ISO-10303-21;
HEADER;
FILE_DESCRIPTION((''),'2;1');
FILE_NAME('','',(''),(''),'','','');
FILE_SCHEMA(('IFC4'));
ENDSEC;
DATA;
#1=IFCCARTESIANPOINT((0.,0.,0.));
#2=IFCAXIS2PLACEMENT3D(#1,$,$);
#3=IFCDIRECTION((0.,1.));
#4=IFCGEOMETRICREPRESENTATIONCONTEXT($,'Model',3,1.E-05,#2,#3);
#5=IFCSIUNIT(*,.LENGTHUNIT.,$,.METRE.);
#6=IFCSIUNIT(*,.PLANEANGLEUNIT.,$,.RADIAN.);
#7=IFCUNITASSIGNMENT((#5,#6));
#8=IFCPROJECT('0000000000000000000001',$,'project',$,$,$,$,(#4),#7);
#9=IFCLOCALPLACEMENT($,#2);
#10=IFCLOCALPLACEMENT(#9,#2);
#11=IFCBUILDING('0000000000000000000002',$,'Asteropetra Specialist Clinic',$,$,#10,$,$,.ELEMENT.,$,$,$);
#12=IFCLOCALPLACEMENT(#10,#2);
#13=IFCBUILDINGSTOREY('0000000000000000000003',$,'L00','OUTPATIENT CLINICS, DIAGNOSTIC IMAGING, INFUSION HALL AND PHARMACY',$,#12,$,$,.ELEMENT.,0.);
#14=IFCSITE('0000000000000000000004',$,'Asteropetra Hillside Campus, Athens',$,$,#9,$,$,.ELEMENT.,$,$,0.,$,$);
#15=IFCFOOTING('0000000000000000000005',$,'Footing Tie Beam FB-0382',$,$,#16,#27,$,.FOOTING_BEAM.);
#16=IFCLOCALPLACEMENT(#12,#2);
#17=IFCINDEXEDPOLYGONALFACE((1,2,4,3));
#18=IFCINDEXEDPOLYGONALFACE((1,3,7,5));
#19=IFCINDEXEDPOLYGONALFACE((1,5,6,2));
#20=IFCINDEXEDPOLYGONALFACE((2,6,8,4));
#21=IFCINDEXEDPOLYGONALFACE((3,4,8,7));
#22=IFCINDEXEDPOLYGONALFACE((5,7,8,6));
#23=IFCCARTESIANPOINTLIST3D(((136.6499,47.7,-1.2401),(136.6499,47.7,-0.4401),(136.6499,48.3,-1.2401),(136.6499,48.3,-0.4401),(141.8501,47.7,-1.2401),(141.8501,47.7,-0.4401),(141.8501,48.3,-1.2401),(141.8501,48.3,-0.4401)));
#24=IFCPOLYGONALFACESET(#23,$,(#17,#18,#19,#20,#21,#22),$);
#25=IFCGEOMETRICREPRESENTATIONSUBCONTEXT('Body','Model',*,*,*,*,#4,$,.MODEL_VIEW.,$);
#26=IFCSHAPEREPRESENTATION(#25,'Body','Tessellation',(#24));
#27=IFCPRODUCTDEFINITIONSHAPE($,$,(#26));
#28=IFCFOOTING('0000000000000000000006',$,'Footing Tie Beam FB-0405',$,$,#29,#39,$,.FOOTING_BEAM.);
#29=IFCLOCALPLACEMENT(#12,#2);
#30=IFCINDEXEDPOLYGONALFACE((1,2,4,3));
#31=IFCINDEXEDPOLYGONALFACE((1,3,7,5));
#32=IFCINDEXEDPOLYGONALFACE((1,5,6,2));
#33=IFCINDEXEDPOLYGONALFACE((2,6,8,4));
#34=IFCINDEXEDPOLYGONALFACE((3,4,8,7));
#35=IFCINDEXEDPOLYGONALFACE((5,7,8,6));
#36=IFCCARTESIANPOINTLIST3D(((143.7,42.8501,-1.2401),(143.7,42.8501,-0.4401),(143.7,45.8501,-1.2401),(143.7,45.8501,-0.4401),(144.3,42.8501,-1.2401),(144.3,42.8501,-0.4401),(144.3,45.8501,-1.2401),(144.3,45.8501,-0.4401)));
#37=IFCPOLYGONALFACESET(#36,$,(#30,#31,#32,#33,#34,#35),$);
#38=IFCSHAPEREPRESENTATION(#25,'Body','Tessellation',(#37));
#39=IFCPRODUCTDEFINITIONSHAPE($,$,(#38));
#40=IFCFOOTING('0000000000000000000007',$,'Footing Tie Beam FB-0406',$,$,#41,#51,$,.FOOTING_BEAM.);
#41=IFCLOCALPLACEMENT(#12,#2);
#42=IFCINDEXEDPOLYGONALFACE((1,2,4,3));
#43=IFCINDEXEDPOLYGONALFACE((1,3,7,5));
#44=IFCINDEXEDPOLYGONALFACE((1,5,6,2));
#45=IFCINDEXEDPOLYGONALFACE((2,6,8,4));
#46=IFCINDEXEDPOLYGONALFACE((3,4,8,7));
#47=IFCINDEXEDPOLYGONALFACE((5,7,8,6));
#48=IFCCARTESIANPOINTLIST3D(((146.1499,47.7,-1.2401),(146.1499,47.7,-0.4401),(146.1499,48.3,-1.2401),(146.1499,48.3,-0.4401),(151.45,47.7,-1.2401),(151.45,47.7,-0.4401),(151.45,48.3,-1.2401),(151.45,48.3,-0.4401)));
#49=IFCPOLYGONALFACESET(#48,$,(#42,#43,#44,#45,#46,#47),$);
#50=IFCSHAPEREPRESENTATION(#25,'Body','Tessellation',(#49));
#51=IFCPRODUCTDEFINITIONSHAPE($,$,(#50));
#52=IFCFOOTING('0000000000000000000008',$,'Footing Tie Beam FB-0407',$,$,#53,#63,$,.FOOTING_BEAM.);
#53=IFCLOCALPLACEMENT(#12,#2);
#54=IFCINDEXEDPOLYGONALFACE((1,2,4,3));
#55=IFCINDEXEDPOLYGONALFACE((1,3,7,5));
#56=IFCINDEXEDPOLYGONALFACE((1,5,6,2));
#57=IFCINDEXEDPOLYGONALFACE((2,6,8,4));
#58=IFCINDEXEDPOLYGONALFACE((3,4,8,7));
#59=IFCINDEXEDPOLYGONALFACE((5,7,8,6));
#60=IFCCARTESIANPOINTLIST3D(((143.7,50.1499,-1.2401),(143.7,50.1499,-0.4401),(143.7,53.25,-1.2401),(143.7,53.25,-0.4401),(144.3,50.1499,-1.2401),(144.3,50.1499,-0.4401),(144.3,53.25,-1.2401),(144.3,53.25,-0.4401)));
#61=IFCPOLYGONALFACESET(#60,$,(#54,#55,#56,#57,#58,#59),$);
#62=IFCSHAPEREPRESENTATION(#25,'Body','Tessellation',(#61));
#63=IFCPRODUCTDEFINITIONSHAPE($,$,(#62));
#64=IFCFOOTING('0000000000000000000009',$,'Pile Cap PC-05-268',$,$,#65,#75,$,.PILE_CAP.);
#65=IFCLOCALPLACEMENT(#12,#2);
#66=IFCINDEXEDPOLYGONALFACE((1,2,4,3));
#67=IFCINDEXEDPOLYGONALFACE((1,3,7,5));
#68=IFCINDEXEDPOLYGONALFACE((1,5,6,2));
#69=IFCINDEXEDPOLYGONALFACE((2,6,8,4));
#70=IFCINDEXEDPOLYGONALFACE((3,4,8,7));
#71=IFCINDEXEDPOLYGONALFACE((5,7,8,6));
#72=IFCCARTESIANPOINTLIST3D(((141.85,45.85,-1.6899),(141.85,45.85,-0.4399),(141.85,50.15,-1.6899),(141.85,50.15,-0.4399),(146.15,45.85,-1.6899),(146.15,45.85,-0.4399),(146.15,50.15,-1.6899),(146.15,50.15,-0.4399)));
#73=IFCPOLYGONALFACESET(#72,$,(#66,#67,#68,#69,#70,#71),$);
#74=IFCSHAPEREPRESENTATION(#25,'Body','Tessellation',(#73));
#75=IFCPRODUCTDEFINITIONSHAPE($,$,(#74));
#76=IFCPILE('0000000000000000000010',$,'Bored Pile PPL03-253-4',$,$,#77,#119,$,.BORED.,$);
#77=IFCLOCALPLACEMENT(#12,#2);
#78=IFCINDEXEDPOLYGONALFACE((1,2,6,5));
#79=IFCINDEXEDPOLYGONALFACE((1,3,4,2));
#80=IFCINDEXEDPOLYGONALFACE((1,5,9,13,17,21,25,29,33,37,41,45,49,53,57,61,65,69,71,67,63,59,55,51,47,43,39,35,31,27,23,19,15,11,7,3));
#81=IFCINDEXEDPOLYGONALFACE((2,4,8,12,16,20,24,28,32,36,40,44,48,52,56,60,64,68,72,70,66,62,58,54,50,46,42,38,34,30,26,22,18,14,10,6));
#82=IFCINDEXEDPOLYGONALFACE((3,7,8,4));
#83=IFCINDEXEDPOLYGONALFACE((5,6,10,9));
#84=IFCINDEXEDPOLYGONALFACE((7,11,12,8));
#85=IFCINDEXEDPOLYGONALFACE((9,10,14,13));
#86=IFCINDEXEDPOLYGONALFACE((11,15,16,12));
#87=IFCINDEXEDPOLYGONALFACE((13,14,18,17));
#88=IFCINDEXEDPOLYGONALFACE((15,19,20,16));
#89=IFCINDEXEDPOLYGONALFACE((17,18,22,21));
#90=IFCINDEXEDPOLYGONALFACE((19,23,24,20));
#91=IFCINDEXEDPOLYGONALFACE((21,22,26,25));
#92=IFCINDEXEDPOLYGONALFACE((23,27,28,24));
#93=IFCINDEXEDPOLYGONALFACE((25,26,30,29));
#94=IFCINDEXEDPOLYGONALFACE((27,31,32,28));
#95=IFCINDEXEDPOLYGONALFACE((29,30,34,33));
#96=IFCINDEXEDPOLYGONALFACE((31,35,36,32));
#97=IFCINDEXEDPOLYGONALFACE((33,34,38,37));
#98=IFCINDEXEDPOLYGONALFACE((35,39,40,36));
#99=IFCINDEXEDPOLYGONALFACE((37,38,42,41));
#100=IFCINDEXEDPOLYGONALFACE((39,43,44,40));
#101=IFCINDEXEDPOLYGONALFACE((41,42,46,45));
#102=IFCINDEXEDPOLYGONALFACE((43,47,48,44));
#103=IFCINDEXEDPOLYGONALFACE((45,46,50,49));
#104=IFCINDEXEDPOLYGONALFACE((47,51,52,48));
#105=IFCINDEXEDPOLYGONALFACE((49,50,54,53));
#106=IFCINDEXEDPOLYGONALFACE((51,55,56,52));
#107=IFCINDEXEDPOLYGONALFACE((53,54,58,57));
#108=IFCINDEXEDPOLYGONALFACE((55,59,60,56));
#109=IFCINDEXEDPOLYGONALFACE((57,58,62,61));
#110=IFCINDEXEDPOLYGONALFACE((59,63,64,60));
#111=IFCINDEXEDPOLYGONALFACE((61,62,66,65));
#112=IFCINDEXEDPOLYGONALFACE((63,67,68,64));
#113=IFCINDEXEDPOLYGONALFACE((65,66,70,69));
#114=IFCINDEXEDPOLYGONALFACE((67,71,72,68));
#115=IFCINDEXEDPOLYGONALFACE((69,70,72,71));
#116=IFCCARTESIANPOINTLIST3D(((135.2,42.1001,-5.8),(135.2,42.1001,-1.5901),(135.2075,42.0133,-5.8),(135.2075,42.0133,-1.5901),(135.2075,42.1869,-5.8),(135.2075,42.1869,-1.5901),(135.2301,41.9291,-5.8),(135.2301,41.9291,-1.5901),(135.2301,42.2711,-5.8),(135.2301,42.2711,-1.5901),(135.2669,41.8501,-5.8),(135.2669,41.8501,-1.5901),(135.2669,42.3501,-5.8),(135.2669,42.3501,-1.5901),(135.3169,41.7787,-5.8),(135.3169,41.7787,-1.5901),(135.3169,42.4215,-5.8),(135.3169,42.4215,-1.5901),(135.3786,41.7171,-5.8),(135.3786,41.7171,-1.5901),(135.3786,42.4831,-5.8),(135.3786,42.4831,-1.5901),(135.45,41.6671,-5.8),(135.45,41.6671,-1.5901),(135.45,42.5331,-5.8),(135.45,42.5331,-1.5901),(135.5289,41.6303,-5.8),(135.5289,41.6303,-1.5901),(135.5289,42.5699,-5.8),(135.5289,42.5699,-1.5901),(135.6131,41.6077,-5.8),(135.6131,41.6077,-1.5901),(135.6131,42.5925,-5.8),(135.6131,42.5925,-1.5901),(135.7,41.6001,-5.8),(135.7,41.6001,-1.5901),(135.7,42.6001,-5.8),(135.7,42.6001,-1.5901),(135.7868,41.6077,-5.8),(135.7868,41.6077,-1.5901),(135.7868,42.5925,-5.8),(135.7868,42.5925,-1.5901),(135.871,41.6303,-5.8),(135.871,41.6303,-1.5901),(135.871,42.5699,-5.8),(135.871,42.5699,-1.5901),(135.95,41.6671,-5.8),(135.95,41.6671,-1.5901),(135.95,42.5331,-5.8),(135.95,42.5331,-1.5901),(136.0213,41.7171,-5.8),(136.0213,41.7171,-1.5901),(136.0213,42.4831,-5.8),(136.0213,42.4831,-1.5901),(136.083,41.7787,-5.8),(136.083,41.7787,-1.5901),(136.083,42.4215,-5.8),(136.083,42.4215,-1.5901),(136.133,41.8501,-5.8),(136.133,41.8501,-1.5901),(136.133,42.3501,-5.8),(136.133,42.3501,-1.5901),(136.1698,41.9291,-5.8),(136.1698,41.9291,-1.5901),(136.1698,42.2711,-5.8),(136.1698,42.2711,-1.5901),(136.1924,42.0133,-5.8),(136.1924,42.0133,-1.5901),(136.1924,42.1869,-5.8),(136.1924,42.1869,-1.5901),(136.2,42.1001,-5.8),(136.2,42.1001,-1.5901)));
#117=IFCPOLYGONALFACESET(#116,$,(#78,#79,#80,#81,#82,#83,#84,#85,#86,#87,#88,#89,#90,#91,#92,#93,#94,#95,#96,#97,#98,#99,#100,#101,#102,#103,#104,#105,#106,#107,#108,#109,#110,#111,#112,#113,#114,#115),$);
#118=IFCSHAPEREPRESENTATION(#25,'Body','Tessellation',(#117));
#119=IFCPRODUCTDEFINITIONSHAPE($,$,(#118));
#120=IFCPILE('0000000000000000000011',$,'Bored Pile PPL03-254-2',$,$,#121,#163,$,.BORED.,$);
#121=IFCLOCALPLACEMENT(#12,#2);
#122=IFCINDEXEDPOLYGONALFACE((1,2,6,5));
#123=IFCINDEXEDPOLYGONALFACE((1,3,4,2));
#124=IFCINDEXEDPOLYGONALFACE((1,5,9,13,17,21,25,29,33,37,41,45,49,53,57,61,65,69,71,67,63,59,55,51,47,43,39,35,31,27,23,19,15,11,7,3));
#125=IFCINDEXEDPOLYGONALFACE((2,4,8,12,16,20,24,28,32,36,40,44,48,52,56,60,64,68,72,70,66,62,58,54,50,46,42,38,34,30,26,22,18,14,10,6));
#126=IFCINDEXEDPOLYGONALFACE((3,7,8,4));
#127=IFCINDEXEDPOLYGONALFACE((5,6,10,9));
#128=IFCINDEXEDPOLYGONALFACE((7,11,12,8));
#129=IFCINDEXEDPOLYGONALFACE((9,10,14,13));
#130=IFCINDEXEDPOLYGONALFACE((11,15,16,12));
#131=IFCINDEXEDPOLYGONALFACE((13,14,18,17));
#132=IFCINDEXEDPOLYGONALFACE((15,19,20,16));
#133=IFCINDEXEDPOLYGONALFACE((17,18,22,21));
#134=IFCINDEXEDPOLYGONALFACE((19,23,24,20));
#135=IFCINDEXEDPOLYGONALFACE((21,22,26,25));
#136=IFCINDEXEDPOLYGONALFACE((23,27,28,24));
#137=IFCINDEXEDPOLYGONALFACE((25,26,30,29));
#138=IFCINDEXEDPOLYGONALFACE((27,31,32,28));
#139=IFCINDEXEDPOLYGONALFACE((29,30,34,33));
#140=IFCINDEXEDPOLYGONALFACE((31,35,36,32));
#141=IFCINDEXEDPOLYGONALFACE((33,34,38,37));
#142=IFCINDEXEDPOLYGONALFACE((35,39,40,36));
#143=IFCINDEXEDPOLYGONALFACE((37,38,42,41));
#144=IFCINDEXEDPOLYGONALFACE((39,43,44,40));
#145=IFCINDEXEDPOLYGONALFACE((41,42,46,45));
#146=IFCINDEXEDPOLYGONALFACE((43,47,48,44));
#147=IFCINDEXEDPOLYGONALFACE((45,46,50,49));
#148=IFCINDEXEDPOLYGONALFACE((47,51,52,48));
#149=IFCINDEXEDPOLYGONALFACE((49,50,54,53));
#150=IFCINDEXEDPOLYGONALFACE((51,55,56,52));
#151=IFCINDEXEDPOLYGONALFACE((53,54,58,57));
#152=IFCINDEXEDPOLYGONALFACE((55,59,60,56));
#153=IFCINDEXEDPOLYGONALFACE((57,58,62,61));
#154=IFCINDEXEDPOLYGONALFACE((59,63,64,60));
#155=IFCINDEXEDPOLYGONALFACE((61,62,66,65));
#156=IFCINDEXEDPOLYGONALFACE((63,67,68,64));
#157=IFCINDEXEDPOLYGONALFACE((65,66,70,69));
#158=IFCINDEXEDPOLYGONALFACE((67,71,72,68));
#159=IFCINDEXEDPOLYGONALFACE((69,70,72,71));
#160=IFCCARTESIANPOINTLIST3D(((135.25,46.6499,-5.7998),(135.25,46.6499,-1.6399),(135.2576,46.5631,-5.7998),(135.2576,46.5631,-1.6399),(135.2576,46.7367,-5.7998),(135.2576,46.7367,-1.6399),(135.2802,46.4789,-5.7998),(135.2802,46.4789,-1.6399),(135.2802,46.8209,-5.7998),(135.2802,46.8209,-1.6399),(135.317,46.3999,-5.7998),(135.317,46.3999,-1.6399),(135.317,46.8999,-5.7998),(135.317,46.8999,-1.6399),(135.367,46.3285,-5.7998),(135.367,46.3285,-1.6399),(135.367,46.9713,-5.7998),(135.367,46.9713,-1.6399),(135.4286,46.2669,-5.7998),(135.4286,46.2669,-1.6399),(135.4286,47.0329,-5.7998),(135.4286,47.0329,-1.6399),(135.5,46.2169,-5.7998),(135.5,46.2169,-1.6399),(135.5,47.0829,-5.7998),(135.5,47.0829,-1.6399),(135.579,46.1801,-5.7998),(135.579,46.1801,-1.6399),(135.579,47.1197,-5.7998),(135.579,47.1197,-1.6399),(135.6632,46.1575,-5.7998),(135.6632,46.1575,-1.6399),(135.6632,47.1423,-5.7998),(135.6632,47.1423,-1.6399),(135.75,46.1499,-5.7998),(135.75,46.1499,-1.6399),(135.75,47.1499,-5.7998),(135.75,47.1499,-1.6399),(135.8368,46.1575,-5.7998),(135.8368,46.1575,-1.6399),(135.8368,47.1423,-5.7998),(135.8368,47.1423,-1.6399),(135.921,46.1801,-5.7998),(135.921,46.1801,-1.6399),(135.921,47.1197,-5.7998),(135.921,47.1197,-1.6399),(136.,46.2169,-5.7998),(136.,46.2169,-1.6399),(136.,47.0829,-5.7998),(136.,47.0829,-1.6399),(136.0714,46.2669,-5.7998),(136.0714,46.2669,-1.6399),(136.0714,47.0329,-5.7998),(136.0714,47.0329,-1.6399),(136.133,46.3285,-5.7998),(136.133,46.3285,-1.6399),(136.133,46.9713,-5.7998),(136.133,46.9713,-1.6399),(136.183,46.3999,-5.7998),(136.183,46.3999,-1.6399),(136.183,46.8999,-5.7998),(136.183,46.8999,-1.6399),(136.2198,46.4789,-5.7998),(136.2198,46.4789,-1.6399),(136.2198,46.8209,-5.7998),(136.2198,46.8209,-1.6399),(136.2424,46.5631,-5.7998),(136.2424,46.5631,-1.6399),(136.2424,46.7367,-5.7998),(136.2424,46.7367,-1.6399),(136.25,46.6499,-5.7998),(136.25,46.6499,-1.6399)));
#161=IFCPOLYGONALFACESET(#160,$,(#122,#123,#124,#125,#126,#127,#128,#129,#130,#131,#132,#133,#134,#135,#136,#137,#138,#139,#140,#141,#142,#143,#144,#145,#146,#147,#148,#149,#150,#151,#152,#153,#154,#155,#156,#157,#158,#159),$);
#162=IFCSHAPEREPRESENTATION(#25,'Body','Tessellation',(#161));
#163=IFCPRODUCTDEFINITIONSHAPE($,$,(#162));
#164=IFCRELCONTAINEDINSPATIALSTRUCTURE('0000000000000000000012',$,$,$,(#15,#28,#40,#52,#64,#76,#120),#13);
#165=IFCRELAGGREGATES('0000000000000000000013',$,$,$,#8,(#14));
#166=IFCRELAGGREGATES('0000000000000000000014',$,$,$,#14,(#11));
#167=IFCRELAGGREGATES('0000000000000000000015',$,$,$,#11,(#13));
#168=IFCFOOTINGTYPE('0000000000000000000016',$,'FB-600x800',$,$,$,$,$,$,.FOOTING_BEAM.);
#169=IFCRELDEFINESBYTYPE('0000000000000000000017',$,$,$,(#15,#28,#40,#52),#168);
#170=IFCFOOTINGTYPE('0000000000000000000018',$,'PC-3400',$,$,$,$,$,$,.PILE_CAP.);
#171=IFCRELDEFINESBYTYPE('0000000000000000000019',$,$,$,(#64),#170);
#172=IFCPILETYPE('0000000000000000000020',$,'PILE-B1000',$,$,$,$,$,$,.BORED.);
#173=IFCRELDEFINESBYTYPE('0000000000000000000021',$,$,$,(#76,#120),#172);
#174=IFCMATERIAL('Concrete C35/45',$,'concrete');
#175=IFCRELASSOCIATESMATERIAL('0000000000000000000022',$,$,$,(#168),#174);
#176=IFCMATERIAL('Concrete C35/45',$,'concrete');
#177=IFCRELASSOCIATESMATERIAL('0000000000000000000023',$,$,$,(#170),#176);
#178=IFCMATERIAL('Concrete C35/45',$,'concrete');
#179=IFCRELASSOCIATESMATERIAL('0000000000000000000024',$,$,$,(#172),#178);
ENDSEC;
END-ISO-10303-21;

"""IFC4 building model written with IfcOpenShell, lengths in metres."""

from ifc_helpers import new_model, si_unit, direction, frame, origin, origin_2d, place, context, subcontext, project, spatial, rectangle, circle, extrude, material, material_profile, profile_set, type_object, element, save


model = new_model("IFC4")

# Units and contexts
model_context = context("Model", 3, precision=1e-05, world=origin(), true_north=direction((0.0, 1.0)))
body_context = subcontext(model_context, "Body", "Model", "MODEL_VIEW")
ifc_project = project(units=[si_unit("LENGTHUNIT", "METRE"), si_unit("PLANEANGLEUNIT", "RADIAN")], contexts=[model_context])

# Site, building, storey
site_placement = place(None, origin())
site = spatial("IfcSite", under=ifc_project, at=site_placement, Name="Asteropetra Hillside Campus, Athens", CompositionType="ELEMENT", RefElevation=0.0)
building_placement = place(site_placement, origin())
building = spatial("IfcBuilding", under=site, at=building_placement, Name="Asteropetra Specialist Clinic", CompositionType="ELEMENT")
storey_placement = place(building_placement, origin())
storey = spatial("IfcBuildingStorey", under=building, at=storey_placement, Name="L00", Description="OUTPATIENT CLINICS, DIAGNOSTIC IMAGING, INFUSION HALL AND PHARMACY", CompositionType="ELEMENT", Elevation=0.0)

# Footings
ifc_material_1 = material(Name="Concrete C35/45", Category="concrete")
ifc_material_profile_1 = material_profile(ifc_material_1, rectangle(XDim=0.6001, YDim=0.8, at=origin_2d()), Name="FB 600x800")
ifc_profile_set_1 = profile_set([ifc_material_profile_1], Name="Concrete C35/45")
footing_type_1 = type_object("IfcFootingType", Name="FB-600x800", PredefinedType="FOOTING_BEAM", material=ifc_profile_set_1)
footing_1_placement = place(storey_placement, frame((136.6499, 48.0, -0.8401), z_axis=(1.0, 0.0, 0.0), x_axis=(0.0, 1.0, 0.0)))
element("IfcFooting", 1, at=footing_1_placement, inside=storey, type_object=footing_type_1, Name="Footing Tie Beam FB-0382", PredefinedType="FOOTING_BEAM", context=body_context, shape_type="SweptSolid", body=[
    extrude(rectangle(XDim=0.6001, YDim=0.8, at=origin_2d()), origin(), (0.0, 0.0, 1.0), 5.2002),
])
footing_2_placement = place(storey_placement, frame((144.0, 42.8501, -0.8401), z_axis=(0.0, 1.0, 0.0), x_axis=(-1.0, 0.0, 0.0)))
element("IfcFooting", 2, at=footing_2_placement, inside=storey, type_object=footing_type_1, Name="Footing Tie Beam FB-0405", PredefinedType="FOOTING_BEAM", context=body_context, shape_type="SweptSolid", body=[
    extrude(rectangle(XDim=0.6001, YDim=0.8, at=origin_2d()), origin(), (0.0, 0.0, 1.0), 3.0),
])
footing_3_placement = place(storey_placement, frame((146.1499, 48.0, -0.8401), z_axis=(1.0, 0.0, 0.0), x_axis=(0.0, 1.0, 0.0)))
element("IfcFooting", 3, at=footing_3_placement, inside=storey, type_object=footing_type_1, Name="Footing Tie Beam FB-0406", PredefinedType="FOOTING_BEAM", context=body_context, shape_type="SweptSolid", body=[
    extrude(rectangle(XDim=0.6001, YDim=0.8, at=origin_2d()), origin(), (0.0, 0.0, 1.0), 5.3),
])
footing_4_placement = place(storey_placement, frame((144.0, 50.1499, -0.8401), z_axis=(0.0, 1.0, 0.0), x_axis=(-1.0, 0.0, 0.0)))
element("IfcFooting", 4, at=footing_4_placement, inside=storey, type_object=footing_type_1, Name="Footing Tie Beam FB-0407", PredefinedType="FOOTING_BEAM", context=body_context, shape_type="SweptSolid", body=[
    extrude(rectangle(XDim=0.6001, YDim=0.8, at=origin_2d()), origin(), (0.0, 0.0, 1.0), 3.1001),
])
ifc_material_2 = material(Name="Concrete C35/45", Category="concrete")
footing_type_2 = type_object("IfcFootingType", Name="PC-3400", PredefinedType="PILE_CAP", material=ifc_material_2)
footing_5_placement = place(storey_placement, frame((144.0, 48.0, -1.6899), z_axis=(0.0, 0.0, 1.0), x_axis=(1.0, 0.0, 0.0)))
element("IfcFooting", 5, at=footing_5_placement, inside=storey, type_object=footing_type_2, Name="Pile Cap PC-05-268", PredefinedType="PILE_CAP", context=body_context, shape_type="SweptSolid", body=[
    extrude(rectangle(XDim=4.3, YDim=4.3, at=origin_2d()), origin(), (0.0, 0.0, 1.0), 1.25),
])

# Piles
ifc_material_3 = material(Name="Concrete C35/45", Category="concrete")
ifc_material_profile_2 = material_profile(ifc_material_3, circle(Radius=0.5, at=origin_2d()), Name="PILE D1000")
ifc_profile_set_2 = profile_set([ifc_material_profile_2], Name="Concrete C35/45")
pile_type_1 = type_object("IfcPileType", Name="PILE-B1000", PredefinedType="BORED", material=ifc_profile_set_2)
pile_1_placement = place(storey_placement, frame((135.7, 42.1001, -1.5901), z_axis=(0.0, 0.0, -1.0), x_axis=(1.0, 0.0, 0.0)))
element("IfcPile", 6, at=pile_1_placement, inside=storey, type_object=pile_type_1, Name="Bored Pile PPL03-253-4", PredefinedType="BORED", context=body_context, shape_type="SweptSolid", body=[
    extrude(circle(Radius=0.5, at=origin_2d()), origin(), (0.0, 0.0, 1.0), 4.21),
])
for number, where, z_axis, x_axis, name in (
    (7, (135.75, 46.6499, -1.6399), (0.0, 0.0, -1.0), (1.0, 0.0, 0.0), "Bored Pile PPL03-254-2"),
):
    element("IfcPile", number, at=place(storey_placement, frame(where, z_axis=z_axis, x_axis=x_axis)), inside=storey, type_object=pile_type_1, Name=name, PredefinedType="BORED", context=body_context, shape_type="SweptSolid", body=[
        extrude(circle(Radius=0.5, at=origin_2d()), origin(), (0.0, 0.0, 1.0), 4.1599),
    ])

save(model, "model.ifc")
